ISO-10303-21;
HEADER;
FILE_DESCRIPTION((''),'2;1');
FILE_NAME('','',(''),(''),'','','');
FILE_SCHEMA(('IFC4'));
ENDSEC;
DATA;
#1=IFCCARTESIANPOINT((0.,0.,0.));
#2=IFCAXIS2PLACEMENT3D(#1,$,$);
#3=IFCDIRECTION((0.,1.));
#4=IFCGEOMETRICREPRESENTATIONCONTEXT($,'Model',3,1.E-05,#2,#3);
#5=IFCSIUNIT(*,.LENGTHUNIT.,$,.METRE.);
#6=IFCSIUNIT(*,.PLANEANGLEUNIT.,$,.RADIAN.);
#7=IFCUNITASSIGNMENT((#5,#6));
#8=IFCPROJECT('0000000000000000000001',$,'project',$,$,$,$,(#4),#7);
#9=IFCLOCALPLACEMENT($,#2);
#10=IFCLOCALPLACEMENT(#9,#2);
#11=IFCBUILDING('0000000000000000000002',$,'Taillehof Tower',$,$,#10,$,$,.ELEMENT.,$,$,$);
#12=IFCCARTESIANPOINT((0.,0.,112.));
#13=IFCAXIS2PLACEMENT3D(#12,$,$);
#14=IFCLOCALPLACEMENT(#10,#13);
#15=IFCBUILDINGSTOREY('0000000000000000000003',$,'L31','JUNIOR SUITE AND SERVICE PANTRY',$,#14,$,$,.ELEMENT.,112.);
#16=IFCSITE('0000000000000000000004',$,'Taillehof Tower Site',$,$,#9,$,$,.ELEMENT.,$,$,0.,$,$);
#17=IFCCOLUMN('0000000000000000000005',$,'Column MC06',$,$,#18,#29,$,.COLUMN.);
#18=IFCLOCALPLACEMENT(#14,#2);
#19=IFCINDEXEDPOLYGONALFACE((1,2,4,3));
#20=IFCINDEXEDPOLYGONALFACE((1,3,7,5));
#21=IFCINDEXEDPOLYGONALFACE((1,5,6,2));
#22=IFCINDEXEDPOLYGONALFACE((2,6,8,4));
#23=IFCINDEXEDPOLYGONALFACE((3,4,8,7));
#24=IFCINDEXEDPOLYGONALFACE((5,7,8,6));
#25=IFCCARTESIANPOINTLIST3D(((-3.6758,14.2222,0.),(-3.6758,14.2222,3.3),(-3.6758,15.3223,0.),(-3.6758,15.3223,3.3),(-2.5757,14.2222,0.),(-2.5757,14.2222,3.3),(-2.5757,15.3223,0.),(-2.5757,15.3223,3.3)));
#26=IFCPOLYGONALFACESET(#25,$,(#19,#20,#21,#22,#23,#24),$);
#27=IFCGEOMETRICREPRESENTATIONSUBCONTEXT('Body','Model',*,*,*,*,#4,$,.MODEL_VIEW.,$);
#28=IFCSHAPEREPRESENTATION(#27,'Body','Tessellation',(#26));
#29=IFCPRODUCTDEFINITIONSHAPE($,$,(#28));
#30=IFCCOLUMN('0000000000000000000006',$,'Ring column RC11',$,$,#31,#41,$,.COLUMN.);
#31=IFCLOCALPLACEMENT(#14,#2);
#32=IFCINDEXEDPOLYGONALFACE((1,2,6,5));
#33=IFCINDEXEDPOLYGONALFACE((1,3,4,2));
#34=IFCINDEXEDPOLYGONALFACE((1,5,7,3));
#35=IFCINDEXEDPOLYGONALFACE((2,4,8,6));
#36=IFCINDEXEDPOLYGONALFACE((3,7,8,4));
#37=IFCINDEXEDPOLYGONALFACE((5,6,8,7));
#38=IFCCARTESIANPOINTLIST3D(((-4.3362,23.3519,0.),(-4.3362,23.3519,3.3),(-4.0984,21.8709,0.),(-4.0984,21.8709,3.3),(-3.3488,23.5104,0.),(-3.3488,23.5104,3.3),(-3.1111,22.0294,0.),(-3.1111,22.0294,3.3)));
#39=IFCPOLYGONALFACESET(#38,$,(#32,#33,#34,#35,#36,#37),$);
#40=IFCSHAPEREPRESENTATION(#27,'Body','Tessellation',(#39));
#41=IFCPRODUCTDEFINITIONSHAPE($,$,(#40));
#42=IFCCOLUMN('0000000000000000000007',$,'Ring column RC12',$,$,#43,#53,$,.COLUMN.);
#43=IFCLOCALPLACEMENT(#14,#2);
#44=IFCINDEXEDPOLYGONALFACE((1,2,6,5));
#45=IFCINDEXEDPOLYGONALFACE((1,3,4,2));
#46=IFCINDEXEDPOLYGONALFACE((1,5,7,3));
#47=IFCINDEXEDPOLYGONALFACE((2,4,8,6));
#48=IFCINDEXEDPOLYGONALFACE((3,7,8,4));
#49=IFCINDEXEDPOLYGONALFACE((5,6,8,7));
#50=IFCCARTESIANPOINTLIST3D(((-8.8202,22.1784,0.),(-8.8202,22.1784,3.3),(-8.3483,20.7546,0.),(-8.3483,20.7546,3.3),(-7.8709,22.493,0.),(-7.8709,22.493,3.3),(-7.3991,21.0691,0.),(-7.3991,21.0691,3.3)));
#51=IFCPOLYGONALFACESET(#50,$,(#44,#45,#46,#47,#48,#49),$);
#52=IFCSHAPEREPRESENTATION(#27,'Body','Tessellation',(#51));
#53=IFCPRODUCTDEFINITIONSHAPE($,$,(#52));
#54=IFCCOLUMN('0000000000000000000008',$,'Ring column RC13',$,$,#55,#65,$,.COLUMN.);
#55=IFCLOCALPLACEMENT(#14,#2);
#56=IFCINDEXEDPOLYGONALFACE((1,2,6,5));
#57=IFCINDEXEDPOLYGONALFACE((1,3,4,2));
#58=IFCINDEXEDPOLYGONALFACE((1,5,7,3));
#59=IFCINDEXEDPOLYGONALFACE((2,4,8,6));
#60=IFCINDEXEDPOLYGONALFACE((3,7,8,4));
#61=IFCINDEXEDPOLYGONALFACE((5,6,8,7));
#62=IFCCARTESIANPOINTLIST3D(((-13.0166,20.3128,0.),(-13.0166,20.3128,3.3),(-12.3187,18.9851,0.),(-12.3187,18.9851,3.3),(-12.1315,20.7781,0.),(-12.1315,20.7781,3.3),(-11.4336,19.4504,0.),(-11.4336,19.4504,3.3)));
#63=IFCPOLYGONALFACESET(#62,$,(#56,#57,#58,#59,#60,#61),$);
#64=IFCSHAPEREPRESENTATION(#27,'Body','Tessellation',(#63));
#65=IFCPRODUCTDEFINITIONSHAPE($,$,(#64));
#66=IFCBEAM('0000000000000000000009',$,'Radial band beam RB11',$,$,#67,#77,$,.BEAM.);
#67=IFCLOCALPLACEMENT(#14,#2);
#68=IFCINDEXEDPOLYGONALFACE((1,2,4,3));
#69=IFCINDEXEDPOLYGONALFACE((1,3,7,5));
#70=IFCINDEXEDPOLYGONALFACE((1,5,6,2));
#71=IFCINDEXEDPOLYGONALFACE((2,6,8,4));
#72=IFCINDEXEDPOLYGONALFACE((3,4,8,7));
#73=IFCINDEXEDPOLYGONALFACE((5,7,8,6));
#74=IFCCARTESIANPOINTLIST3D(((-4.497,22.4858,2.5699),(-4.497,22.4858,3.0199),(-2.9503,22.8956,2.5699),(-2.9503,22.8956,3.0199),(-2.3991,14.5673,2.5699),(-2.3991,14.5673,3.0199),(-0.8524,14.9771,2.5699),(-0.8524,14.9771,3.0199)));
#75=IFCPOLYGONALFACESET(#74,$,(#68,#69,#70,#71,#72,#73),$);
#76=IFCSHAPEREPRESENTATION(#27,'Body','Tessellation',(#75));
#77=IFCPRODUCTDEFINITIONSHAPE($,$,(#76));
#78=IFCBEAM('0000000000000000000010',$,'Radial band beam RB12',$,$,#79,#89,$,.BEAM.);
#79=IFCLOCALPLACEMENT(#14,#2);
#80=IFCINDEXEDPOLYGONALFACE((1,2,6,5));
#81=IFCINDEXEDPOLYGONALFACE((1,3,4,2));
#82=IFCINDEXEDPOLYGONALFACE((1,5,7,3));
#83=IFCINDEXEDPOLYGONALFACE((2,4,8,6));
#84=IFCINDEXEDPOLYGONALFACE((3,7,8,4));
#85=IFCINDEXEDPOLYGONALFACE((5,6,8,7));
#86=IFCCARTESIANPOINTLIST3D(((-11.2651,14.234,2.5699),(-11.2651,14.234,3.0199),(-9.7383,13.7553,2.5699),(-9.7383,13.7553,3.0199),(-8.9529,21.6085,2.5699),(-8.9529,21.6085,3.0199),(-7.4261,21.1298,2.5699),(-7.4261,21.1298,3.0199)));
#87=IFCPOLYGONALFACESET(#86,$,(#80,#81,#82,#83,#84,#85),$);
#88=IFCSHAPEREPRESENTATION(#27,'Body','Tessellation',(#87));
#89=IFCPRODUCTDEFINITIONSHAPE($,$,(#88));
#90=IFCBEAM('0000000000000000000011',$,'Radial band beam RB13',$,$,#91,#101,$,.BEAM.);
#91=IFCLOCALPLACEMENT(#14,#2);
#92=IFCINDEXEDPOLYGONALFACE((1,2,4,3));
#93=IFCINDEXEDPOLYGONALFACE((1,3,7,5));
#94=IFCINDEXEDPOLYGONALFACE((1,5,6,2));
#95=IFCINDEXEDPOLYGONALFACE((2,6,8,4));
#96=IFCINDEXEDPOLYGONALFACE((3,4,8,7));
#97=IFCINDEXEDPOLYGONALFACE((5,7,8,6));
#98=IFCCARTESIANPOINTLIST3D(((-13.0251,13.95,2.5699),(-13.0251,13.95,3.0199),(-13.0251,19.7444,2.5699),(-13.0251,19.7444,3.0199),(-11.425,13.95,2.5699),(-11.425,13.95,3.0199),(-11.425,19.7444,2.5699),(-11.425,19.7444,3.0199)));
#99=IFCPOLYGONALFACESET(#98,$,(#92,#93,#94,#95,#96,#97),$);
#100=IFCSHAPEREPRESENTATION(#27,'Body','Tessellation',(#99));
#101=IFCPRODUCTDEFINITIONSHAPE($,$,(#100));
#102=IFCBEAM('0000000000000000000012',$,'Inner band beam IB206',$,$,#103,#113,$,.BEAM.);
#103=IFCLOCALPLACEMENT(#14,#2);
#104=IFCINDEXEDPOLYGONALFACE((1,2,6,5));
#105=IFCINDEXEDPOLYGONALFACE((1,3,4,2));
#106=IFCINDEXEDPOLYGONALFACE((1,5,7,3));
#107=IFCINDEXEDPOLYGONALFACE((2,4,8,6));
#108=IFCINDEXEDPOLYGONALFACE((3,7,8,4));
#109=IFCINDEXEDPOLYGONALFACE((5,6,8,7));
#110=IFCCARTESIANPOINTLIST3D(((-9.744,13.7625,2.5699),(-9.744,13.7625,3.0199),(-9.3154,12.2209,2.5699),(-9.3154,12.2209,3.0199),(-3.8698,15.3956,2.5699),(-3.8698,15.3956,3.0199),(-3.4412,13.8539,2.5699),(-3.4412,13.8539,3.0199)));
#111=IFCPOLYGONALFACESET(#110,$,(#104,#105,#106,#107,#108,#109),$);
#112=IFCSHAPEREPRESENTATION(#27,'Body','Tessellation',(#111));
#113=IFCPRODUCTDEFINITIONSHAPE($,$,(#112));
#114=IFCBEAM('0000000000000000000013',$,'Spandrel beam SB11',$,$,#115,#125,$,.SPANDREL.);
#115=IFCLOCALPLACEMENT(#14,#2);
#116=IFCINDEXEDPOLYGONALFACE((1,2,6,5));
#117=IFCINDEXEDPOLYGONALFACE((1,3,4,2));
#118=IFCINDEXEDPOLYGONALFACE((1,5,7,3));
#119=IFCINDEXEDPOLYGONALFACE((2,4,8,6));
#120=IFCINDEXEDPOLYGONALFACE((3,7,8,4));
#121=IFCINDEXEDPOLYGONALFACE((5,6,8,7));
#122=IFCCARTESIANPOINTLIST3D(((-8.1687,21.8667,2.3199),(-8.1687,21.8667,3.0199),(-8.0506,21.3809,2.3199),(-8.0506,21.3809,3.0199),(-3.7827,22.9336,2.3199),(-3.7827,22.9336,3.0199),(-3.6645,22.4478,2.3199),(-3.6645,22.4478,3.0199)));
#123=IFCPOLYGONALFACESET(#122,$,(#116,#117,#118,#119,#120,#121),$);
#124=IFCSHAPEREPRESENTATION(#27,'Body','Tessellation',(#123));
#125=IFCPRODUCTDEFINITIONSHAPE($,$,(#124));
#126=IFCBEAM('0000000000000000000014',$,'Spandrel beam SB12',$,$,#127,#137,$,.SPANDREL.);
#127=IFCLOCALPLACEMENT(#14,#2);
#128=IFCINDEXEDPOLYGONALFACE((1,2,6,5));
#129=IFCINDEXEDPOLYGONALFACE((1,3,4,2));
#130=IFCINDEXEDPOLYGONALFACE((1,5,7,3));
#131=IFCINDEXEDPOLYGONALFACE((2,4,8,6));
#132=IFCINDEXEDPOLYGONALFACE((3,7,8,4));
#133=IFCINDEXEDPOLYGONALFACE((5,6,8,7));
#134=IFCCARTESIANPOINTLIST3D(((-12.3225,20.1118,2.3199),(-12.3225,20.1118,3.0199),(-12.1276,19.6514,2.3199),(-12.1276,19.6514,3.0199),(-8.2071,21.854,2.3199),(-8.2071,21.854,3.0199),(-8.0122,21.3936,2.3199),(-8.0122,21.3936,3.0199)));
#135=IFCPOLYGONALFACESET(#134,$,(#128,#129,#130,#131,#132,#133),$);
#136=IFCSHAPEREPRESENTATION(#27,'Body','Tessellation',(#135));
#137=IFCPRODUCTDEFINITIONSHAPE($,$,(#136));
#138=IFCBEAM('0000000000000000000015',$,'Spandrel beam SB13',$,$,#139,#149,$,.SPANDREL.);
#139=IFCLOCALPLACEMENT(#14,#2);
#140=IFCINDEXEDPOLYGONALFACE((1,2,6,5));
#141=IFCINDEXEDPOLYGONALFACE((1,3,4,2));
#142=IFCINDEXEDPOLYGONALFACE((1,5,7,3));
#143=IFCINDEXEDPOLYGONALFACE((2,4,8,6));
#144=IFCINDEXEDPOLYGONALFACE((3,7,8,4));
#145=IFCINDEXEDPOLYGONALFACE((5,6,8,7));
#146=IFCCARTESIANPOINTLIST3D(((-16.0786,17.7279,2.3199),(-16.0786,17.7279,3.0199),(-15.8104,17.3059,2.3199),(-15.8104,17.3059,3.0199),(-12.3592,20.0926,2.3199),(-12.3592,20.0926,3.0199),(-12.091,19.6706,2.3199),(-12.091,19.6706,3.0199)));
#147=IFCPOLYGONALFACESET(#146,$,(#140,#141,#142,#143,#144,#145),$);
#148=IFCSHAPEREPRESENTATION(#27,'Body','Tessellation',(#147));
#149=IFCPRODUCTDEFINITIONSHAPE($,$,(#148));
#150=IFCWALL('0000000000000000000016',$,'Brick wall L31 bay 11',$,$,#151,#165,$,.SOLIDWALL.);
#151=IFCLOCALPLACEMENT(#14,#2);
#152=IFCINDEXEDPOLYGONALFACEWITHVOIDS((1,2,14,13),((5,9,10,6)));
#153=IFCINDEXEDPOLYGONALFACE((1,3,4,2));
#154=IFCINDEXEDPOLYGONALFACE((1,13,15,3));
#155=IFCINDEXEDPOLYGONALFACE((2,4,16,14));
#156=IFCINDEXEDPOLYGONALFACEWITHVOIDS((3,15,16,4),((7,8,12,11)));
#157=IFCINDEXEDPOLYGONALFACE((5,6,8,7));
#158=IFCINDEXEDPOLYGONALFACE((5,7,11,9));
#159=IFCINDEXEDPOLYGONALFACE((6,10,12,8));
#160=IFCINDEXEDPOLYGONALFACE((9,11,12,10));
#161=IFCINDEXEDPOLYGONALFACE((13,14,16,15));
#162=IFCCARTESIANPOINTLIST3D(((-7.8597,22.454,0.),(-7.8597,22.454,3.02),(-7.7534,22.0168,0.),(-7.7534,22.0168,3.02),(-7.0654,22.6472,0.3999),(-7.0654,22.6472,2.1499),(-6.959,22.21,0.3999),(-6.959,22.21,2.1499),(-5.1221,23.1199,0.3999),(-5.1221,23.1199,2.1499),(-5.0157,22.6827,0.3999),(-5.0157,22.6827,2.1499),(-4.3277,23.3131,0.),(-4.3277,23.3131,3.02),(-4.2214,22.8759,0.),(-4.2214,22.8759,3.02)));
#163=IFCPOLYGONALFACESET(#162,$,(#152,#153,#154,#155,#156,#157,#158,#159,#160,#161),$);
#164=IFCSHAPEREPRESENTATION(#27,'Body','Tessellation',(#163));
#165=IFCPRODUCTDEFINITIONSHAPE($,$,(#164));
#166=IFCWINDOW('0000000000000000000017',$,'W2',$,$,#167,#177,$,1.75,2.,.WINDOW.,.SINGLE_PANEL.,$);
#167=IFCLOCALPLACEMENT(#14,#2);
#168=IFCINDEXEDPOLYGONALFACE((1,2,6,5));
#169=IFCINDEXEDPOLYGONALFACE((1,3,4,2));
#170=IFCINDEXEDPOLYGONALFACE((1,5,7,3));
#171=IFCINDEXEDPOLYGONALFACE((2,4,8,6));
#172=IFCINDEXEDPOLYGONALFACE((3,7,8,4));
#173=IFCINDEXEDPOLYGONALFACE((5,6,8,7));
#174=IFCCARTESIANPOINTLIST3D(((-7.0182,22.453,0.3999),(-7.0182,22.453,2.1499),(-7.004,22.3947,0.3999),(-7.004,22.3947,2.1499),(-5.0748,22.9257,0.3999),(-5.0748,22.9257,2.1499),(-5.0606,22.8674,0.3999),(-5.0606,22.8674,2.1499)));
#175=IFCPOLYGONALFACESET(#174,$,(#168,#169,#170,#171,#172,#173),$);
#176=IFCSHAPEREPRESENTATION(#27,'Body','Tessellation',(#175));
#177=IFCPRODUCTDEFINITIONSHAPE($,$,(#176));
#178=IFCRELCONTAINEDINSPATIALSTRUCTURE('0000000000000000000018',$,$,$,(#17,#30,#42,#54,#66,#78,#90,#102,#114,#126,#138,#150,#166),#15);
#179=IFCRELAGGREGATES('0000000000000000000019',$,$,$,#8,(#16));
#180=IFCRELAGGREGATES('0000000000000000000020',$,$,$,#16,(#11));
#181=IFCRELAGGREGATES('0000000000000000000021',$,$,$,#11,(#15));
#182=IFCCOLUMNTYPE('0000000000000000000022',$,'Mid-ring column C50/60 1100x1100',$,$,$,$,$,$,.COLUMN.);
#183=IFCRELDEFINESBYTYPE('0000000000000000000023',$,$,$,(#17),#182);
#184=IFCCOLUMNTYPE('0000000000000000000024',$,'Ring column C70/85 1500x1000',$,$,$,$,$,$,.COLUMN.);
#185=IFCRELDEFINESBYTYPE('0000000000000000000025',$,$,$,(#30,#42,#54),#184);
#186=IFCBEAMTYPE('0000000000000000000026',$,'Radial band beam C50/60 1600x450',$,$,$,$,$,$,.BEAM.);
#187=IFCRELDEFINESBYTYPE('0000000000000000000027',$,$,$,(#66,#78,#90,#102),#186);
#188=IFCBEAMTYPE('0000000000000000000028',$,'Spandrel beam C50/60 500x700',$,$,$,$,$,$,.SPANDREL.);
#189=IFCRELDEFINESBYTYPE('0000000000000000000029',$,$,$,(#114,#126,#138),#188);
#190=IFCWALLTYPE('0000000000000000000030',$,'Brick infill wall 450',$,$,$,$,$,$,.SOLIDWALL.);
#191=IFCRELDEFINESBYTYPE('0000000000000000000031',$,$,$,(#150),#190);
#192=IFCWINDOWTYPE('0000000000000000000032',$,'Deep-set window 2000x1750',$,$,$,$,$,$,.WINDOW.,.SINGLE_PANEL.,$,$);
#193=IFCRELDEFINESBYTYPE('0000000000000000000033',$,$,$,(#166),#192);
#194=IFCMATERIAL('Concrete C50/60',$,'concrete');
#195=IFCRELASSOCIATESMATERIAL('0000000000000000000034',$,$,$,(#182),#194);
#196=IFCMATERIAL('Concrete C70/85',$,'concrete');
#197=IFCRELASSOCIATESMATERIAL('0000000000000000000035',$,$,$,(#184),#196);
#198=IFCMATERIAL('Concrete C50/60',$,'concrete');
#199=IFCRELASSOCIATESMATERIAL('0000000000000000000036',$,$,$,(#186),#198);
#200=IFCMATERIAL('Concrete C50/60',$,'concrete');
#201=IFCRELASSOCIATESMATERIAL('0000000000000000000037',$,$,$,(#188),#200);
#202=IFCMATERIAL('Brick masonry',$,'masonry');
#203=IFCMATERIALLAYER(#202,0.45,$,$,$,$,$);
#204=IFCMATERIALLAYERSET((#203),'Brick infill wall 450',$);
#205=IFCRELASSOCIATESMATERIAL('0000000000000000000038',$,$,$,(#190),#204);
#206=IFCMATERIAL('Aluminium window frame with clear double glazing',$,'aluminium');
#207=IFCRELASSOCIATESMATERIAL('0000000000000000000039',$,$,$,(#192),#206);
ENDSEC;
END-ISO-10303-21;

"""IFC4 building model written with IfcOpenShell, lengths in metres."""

from ifc_helpers import new_model, si_unit, direction, frame, frame_2d, origin, origin_2d, place, context, subcontext, project, spatial, rectangle, extrude, material, layer, layer_set, material_profile, profile_set, type_object, element, fill, save


model = new_model("IFC4")

# Units and contexts
model_context = context("Model", 3, precision=1e-05, world=origin(), true_north=direction((0.0, 1.0)))
body_context = subcontext(model_context, "Body", "Model", "MODEL_VIEW")
ifc_project = project(units=[si_unit("LENGTHUNIT", "METRE"), si_unit("PLANEANGLEUNIT", "RADIAN")], contexts=[model_context])

# Site, building, storey
site_placement = place(None, origin())
site = spatial("IfcSite", under=ifc_project, at=site_placement, Name="Taillehof Tower Site", CompositionType="ELEMENT", RefElevation=0.0)
building_placement = place(site_placement, origin())
building = spatial("IfcBuilding", under=site, at=building_placement, Name="Taillehof Tower", CompositionType="ELEMENT")
storey_placement = place(building_placement, frame((0.0, 0.0, 112.0)))
storey = spatial("IfcBuildingStorey", under=building, at=storey_placement, Name="L31", Description="JUNIOR SUITE AND SERVICE PANTRY", CompositionType="ELEMENT", Elevation=112.0)

# Columns
ifc_material_1 = material(Name="Concrete C50/60", Category="concrete")
ifc_material_profile_1 = material_profile(ifc_material_1, rectangle(XDim=1.1001, YDim=1.1001, at=origin_2d()), Name="RC 1100x1100")
ifc_profile_set_1 = profile_set([ifc_material_profile_1], Name="Concrete C50/60")
column_type_1 = type_object("IfcColumnType", Name="Mid-ring column C50/60 1100x1100", PredefinedType="COLUMN", material=ifc_profile_set_1)
column_placement = place(storey_placement, frame((-3.1257, 14.7722, 0.0), z_axis=(0.0, 0.0, 1.0), x_axis=(1.0, 0.0, 0.0)))
element("IfcColumn", 1, at=column_placement, inside=storey, type_object=column_type_1, Name="Column MC06", PredefinedType="COLUMN", context=body_context, shape_type="SweptSolid", body=[
    extrude(rectangle(XDim=1.1001, YDim=1.1001, at=origin_2d()), origin(), (0.0, 0.0, 1.0), 3.3),
])
ifc_material_2 = material(Name="Concrete C70/85", Category="concrete")
ifc_material_profile_2 = material_profile(ifc_material_2, rectangle(XDim=1.5, YDim=1.0, at=origin_2d()), Name="RC 1500x1000")
ifc_profile_set_2 = profile_set([ifc_material_profile_2], Name="Concrete C70/85")
column_type_2 = type_object("IfcColumnType", Name="Ring column C70/85 1500x1000", PredefinedType="COLUMN", material=ifc_profile_set_2)
for number, where, z_axis, x_axis, name in (
    (2, (-3.7236, 22.6907, 0.0), (0.0, 0.0, 1.0), (-0.158507, 0.987358, 0.0), "Ring column RC11"),
    (3, (-8.1096, 21.6238, 0.0), (0.0, 0.0, 1.0), (-0.314555, 0.949239, 0.0), "Ring column RC12"),
    (4, (-12.2251, 19.8816, 0.0), (0.0, 0.0, 1.0), (-0.465283, 0.885162, 0.0), "Ring column RC13"),
):
    element("IfcColumn", number, at=place(storey_placement, frame(where, z_axis=z_axis, x_axis=x_axis)), inside=storey, type_object=column_type_2, Name=name, PredefinedType="COLUMN", context=body_context, shape_type="SweptSolid", body=[
        extrude(rectangle(XDim=1.5, YDim=1.0, at=origin_2d()), origin(), (0.0, 0.0, 1.0), 3.3),
    ])

# Beams
ifc_material_3 = material(Name="Concrete C50/60", Category="concrete")
ifc_material_profile_3 = material_profile(ifc_material_3, rectangle(XDim=1.6001, YDim=0.45, at=origin_2d()), Name="RC 1600x450")
ifc_profile_set_3 = profile_set([ifc_material_profile_3], Name="Concrete C50/60")
beam_type_1 = type_object("IfcBeamType", Name="Radial band beam C50/60 1600x450", PredefinedType="BEAM", material=ifc_profile_set_3)
beam_1_placement = place(storey_placement, frame((-3.7236, 22.6907, 2.7949), z_axis=(0.256102, -0.96665, 0.0), x_axis=(0.96665, 0.256102, 0.0)))
element("IfcBeam", 5, at=beam_1_placement, inside=storey, type_object=beam_type_1, Name="Radial band beam RB11", PredefinedType="BEAM", context=body_context, shape_type="SweptSolid", body=[
    extrude(rectangle(XDim=1.6001, YDim=0.45, at=origin_2d()), origin(), (0.0, 0.0, 1.0), 8.1917),
])
beam_2_placement = place(storey_placement, frame((-8.1895, 21.3691, 2.7949), z_axis=(-0.299185, -0.954195, 0.0), x_axis=(0.954195, -0.299185, 0.0)))
element("IfcBeam", 6, at=beam_2_placement, inside=storey, type_object=beam_type_1, Name="Radial band beam RB12", PredefinedType="BEAM", context=body_context, shape_type="SweptSolid", body=[
    extrude(rectangle(XDim=1.6001, YDim=0.45, at=origin_2d()), origin(), (0.0, 0.0, 1.0), 7.7285),
])
beam_3_placement = place(storey_placement, frame((-12.2251, 19.7444, 2.7949), z_axis=(0.0, -1.0, 0.0), x_axis=(1.0, 0.0, 0.0)))
element("IfcBeam", 7, at=beam_3_placement, inside=storey, type_object=beam_type_1, Name="Radial band beam RB13", PredefinedType="BEAM", context=body_context, shape_type="SweptSolid", body=[
    extrude(rectangle(XDim=1.6001, YDim=0.45, at=origin_2d()), origin(), (0.0, 0.0, 1.0), 5.7944),
])
beam_4_placement = place(storey_placement, frame((-3.6555, 14.6248, 2.7949), z_axis=(-0.963459, -0.267855, 0.0), x_axis=(0.267855, -0.963459, 0.0)))
element("IfcBeam", 8, at=beam_4_placement, inside=storey, type_object=beam_type_1, Name="Inner band beam IB206", PredefinedType="BEAM", context=body_context, shape_type="SweptSolid", body=[
    extrude(rectangle(XDim=1.6001, YDim=0.45, at=origin_2d()), origin(), (0.0, 0.0, 1.0), 6.0969),
])
ifc_material_4 = material(Name="Concrete C50/60", Category="concrete")
ifc_material_profile_4 = material_profile(ifc_material_4, rectangle(XDim=0.5, YDim=0.7, at=origin_2d()), Name="RC 500x700")
ifc_profile_set_4 = profile_set([ifc_material_profile_4], Name="Concrete C50/60")
beam_type_2 = type_object("IfcBeamType", Name="Spandrel beam C50/60 500x700", PredefinedType="SPANDREL", material=ifc_profile_set_4)
beam_5_placement = place(storey_placement, frame((-3.7236, 22.6907, 2.6699), z_axis=(-0.971666, -0.236358, 0.0), x_axis=(0.236358, -0.971666, 0.0)))
element("IfcBeam", 9, at=beam_5_placement, inside=storey, type_object=beam_type_2, Name="Spandrel beam SB11", PredefinedType="SPANDREL", context=body_context, shape_type="SweptSolid", body=[
    extrude(rectangle(XDim=0.5, YDim=0.7, at=origin_2d()), origin(), (0.0, 0.0, 1.0), 4.5139),
])
beam_6_placement = place(storey_placement, frame((-8.1096, 21.6238, 2.6699), z_axis=(-0.920885, -0.389834, 0.0), x_axis=(0.389834, -0.920885, 0.0)))
element("IfcBeam", 10, at=beam_6_placement, inside=storey, type_object=beam_type_2, Name="Spandrel beam SB12", PredefinedType="SPANDREL", context=body_context, shape_type="SweptSolid", body=[
    extrude(rectangle(XDim=0.5, YDim=0.7, at=origin_2d()), origin(), (0.0, 0.0, 1.0), 4.469),
])
beam_7_placement = place(storey_placement, frame((-12.2251, 19.8816, 2.6699), z_axis=(-0.843887, -0.536521, 0.0), x_axis=(0.536521, -0.843887, 0.0)))
element("IfcBeam", 11, at=beam_7_placement, inside=storey, type_object=beam_type_2, Name="Spandrel beam SB13", PredefinedType="SPANDREL", context=body_context, shape_type="SweptSolid", body=[
    extrude(rectangle(XDim=0.5, YDim=0.7, at=origin_2d()), origin(), (0.0, 0.0, 1.0), 4.4075),
])

# Wall, opening, window
ifc_material_5 = material(Name="Brick masonry", Category="masonry")
ifc_layer_1 = layer(ifc_material_5, 0.45)
ifc_layer_set_1 = layer_set([ifc_layer_1], Name="Brick infill wall 450")
wall_type_1 = type_object("IfcWallType", Name="Brick infill wall 450", PredefinedType="SOLIDWALL", material=ifc_layer_set_1)
wall_1_placement = place(storey_placement, frame((-4.2747, 23.0945, 0.0), z_axis=(0.0, 0.0, 1.0), x_axis=(-0.971668, -0.236352, 0.0)))
wall_1 = element("IfcWall", 12, at=wall_1_placement, inside=storey, type_object=wall_type_1, Name="Brick wall L31 bay 11", PredefinedType="SOLIDWALL", context=body_context, shape_type="SweptSolid", body=[
    extrude(rectangle(XDim=3.635, YDim=0.45, at=frame_2d((1.8174, 0.0))), origin(), (0.0, 0.0, 1.0), 3.02),
])
opening_1_placement = place(wall_1_placement, frame((0.8174, 0.0, 0.3999)))
opening_1 = element("IfcOpeningElement", 13, at=opening_1_placement, cuts=wall_1, PredefinedType="OPENING", context=body_context, shape_type="SweptSolid", body=[
    extrude(rectangle(XDim=2.0, YDim=1.75, at=frame_2d((1.0, 0.875))), frame((0.0, 0.2349, 0.0), z_axis=(0.0, -1.0, 0.0), x_axis=(1.0, 0.0, 0.0)), (0.0, 0.0, 1.0), 0.47),
])
ifc_material_6 = material(Name="Aluminium window frame with clear double glazing", Category="aluminium")
window_type = type_object("IfcWindowType", Name="Deep-set window 2000x1750", PartitioningType="SINGLE_PANEL", PredefinedType="WINDOW", material=ifc_material_6)
window_1_placement = place(opening_1_placement, origin())
window_1 = element("IfcWindow", 14, at=window_1_placement, inside=storey, type_object=window_type, Name="W2", OverallHeight=1.75, OverallWidth=2.0, PartitioningType="SINGLE_PANEL", PredefinedType="WINDOW", context=body_context, shape_type="SweptSolid", body=[
    extrude(rectangle(XDim=2.0, YDim=1.75, at=frame_2d((1.0, 0.875))), frame((0.0, 0.0349, 0.0), z_axis=(0.0, -1.0, 0.0), x_axis=(1.0, 0.0, 0.0)), (0.0, 0.0, 1.0), 0.0601),
])
fill(opening_1, window_1)

save(model, "model.ifc")
